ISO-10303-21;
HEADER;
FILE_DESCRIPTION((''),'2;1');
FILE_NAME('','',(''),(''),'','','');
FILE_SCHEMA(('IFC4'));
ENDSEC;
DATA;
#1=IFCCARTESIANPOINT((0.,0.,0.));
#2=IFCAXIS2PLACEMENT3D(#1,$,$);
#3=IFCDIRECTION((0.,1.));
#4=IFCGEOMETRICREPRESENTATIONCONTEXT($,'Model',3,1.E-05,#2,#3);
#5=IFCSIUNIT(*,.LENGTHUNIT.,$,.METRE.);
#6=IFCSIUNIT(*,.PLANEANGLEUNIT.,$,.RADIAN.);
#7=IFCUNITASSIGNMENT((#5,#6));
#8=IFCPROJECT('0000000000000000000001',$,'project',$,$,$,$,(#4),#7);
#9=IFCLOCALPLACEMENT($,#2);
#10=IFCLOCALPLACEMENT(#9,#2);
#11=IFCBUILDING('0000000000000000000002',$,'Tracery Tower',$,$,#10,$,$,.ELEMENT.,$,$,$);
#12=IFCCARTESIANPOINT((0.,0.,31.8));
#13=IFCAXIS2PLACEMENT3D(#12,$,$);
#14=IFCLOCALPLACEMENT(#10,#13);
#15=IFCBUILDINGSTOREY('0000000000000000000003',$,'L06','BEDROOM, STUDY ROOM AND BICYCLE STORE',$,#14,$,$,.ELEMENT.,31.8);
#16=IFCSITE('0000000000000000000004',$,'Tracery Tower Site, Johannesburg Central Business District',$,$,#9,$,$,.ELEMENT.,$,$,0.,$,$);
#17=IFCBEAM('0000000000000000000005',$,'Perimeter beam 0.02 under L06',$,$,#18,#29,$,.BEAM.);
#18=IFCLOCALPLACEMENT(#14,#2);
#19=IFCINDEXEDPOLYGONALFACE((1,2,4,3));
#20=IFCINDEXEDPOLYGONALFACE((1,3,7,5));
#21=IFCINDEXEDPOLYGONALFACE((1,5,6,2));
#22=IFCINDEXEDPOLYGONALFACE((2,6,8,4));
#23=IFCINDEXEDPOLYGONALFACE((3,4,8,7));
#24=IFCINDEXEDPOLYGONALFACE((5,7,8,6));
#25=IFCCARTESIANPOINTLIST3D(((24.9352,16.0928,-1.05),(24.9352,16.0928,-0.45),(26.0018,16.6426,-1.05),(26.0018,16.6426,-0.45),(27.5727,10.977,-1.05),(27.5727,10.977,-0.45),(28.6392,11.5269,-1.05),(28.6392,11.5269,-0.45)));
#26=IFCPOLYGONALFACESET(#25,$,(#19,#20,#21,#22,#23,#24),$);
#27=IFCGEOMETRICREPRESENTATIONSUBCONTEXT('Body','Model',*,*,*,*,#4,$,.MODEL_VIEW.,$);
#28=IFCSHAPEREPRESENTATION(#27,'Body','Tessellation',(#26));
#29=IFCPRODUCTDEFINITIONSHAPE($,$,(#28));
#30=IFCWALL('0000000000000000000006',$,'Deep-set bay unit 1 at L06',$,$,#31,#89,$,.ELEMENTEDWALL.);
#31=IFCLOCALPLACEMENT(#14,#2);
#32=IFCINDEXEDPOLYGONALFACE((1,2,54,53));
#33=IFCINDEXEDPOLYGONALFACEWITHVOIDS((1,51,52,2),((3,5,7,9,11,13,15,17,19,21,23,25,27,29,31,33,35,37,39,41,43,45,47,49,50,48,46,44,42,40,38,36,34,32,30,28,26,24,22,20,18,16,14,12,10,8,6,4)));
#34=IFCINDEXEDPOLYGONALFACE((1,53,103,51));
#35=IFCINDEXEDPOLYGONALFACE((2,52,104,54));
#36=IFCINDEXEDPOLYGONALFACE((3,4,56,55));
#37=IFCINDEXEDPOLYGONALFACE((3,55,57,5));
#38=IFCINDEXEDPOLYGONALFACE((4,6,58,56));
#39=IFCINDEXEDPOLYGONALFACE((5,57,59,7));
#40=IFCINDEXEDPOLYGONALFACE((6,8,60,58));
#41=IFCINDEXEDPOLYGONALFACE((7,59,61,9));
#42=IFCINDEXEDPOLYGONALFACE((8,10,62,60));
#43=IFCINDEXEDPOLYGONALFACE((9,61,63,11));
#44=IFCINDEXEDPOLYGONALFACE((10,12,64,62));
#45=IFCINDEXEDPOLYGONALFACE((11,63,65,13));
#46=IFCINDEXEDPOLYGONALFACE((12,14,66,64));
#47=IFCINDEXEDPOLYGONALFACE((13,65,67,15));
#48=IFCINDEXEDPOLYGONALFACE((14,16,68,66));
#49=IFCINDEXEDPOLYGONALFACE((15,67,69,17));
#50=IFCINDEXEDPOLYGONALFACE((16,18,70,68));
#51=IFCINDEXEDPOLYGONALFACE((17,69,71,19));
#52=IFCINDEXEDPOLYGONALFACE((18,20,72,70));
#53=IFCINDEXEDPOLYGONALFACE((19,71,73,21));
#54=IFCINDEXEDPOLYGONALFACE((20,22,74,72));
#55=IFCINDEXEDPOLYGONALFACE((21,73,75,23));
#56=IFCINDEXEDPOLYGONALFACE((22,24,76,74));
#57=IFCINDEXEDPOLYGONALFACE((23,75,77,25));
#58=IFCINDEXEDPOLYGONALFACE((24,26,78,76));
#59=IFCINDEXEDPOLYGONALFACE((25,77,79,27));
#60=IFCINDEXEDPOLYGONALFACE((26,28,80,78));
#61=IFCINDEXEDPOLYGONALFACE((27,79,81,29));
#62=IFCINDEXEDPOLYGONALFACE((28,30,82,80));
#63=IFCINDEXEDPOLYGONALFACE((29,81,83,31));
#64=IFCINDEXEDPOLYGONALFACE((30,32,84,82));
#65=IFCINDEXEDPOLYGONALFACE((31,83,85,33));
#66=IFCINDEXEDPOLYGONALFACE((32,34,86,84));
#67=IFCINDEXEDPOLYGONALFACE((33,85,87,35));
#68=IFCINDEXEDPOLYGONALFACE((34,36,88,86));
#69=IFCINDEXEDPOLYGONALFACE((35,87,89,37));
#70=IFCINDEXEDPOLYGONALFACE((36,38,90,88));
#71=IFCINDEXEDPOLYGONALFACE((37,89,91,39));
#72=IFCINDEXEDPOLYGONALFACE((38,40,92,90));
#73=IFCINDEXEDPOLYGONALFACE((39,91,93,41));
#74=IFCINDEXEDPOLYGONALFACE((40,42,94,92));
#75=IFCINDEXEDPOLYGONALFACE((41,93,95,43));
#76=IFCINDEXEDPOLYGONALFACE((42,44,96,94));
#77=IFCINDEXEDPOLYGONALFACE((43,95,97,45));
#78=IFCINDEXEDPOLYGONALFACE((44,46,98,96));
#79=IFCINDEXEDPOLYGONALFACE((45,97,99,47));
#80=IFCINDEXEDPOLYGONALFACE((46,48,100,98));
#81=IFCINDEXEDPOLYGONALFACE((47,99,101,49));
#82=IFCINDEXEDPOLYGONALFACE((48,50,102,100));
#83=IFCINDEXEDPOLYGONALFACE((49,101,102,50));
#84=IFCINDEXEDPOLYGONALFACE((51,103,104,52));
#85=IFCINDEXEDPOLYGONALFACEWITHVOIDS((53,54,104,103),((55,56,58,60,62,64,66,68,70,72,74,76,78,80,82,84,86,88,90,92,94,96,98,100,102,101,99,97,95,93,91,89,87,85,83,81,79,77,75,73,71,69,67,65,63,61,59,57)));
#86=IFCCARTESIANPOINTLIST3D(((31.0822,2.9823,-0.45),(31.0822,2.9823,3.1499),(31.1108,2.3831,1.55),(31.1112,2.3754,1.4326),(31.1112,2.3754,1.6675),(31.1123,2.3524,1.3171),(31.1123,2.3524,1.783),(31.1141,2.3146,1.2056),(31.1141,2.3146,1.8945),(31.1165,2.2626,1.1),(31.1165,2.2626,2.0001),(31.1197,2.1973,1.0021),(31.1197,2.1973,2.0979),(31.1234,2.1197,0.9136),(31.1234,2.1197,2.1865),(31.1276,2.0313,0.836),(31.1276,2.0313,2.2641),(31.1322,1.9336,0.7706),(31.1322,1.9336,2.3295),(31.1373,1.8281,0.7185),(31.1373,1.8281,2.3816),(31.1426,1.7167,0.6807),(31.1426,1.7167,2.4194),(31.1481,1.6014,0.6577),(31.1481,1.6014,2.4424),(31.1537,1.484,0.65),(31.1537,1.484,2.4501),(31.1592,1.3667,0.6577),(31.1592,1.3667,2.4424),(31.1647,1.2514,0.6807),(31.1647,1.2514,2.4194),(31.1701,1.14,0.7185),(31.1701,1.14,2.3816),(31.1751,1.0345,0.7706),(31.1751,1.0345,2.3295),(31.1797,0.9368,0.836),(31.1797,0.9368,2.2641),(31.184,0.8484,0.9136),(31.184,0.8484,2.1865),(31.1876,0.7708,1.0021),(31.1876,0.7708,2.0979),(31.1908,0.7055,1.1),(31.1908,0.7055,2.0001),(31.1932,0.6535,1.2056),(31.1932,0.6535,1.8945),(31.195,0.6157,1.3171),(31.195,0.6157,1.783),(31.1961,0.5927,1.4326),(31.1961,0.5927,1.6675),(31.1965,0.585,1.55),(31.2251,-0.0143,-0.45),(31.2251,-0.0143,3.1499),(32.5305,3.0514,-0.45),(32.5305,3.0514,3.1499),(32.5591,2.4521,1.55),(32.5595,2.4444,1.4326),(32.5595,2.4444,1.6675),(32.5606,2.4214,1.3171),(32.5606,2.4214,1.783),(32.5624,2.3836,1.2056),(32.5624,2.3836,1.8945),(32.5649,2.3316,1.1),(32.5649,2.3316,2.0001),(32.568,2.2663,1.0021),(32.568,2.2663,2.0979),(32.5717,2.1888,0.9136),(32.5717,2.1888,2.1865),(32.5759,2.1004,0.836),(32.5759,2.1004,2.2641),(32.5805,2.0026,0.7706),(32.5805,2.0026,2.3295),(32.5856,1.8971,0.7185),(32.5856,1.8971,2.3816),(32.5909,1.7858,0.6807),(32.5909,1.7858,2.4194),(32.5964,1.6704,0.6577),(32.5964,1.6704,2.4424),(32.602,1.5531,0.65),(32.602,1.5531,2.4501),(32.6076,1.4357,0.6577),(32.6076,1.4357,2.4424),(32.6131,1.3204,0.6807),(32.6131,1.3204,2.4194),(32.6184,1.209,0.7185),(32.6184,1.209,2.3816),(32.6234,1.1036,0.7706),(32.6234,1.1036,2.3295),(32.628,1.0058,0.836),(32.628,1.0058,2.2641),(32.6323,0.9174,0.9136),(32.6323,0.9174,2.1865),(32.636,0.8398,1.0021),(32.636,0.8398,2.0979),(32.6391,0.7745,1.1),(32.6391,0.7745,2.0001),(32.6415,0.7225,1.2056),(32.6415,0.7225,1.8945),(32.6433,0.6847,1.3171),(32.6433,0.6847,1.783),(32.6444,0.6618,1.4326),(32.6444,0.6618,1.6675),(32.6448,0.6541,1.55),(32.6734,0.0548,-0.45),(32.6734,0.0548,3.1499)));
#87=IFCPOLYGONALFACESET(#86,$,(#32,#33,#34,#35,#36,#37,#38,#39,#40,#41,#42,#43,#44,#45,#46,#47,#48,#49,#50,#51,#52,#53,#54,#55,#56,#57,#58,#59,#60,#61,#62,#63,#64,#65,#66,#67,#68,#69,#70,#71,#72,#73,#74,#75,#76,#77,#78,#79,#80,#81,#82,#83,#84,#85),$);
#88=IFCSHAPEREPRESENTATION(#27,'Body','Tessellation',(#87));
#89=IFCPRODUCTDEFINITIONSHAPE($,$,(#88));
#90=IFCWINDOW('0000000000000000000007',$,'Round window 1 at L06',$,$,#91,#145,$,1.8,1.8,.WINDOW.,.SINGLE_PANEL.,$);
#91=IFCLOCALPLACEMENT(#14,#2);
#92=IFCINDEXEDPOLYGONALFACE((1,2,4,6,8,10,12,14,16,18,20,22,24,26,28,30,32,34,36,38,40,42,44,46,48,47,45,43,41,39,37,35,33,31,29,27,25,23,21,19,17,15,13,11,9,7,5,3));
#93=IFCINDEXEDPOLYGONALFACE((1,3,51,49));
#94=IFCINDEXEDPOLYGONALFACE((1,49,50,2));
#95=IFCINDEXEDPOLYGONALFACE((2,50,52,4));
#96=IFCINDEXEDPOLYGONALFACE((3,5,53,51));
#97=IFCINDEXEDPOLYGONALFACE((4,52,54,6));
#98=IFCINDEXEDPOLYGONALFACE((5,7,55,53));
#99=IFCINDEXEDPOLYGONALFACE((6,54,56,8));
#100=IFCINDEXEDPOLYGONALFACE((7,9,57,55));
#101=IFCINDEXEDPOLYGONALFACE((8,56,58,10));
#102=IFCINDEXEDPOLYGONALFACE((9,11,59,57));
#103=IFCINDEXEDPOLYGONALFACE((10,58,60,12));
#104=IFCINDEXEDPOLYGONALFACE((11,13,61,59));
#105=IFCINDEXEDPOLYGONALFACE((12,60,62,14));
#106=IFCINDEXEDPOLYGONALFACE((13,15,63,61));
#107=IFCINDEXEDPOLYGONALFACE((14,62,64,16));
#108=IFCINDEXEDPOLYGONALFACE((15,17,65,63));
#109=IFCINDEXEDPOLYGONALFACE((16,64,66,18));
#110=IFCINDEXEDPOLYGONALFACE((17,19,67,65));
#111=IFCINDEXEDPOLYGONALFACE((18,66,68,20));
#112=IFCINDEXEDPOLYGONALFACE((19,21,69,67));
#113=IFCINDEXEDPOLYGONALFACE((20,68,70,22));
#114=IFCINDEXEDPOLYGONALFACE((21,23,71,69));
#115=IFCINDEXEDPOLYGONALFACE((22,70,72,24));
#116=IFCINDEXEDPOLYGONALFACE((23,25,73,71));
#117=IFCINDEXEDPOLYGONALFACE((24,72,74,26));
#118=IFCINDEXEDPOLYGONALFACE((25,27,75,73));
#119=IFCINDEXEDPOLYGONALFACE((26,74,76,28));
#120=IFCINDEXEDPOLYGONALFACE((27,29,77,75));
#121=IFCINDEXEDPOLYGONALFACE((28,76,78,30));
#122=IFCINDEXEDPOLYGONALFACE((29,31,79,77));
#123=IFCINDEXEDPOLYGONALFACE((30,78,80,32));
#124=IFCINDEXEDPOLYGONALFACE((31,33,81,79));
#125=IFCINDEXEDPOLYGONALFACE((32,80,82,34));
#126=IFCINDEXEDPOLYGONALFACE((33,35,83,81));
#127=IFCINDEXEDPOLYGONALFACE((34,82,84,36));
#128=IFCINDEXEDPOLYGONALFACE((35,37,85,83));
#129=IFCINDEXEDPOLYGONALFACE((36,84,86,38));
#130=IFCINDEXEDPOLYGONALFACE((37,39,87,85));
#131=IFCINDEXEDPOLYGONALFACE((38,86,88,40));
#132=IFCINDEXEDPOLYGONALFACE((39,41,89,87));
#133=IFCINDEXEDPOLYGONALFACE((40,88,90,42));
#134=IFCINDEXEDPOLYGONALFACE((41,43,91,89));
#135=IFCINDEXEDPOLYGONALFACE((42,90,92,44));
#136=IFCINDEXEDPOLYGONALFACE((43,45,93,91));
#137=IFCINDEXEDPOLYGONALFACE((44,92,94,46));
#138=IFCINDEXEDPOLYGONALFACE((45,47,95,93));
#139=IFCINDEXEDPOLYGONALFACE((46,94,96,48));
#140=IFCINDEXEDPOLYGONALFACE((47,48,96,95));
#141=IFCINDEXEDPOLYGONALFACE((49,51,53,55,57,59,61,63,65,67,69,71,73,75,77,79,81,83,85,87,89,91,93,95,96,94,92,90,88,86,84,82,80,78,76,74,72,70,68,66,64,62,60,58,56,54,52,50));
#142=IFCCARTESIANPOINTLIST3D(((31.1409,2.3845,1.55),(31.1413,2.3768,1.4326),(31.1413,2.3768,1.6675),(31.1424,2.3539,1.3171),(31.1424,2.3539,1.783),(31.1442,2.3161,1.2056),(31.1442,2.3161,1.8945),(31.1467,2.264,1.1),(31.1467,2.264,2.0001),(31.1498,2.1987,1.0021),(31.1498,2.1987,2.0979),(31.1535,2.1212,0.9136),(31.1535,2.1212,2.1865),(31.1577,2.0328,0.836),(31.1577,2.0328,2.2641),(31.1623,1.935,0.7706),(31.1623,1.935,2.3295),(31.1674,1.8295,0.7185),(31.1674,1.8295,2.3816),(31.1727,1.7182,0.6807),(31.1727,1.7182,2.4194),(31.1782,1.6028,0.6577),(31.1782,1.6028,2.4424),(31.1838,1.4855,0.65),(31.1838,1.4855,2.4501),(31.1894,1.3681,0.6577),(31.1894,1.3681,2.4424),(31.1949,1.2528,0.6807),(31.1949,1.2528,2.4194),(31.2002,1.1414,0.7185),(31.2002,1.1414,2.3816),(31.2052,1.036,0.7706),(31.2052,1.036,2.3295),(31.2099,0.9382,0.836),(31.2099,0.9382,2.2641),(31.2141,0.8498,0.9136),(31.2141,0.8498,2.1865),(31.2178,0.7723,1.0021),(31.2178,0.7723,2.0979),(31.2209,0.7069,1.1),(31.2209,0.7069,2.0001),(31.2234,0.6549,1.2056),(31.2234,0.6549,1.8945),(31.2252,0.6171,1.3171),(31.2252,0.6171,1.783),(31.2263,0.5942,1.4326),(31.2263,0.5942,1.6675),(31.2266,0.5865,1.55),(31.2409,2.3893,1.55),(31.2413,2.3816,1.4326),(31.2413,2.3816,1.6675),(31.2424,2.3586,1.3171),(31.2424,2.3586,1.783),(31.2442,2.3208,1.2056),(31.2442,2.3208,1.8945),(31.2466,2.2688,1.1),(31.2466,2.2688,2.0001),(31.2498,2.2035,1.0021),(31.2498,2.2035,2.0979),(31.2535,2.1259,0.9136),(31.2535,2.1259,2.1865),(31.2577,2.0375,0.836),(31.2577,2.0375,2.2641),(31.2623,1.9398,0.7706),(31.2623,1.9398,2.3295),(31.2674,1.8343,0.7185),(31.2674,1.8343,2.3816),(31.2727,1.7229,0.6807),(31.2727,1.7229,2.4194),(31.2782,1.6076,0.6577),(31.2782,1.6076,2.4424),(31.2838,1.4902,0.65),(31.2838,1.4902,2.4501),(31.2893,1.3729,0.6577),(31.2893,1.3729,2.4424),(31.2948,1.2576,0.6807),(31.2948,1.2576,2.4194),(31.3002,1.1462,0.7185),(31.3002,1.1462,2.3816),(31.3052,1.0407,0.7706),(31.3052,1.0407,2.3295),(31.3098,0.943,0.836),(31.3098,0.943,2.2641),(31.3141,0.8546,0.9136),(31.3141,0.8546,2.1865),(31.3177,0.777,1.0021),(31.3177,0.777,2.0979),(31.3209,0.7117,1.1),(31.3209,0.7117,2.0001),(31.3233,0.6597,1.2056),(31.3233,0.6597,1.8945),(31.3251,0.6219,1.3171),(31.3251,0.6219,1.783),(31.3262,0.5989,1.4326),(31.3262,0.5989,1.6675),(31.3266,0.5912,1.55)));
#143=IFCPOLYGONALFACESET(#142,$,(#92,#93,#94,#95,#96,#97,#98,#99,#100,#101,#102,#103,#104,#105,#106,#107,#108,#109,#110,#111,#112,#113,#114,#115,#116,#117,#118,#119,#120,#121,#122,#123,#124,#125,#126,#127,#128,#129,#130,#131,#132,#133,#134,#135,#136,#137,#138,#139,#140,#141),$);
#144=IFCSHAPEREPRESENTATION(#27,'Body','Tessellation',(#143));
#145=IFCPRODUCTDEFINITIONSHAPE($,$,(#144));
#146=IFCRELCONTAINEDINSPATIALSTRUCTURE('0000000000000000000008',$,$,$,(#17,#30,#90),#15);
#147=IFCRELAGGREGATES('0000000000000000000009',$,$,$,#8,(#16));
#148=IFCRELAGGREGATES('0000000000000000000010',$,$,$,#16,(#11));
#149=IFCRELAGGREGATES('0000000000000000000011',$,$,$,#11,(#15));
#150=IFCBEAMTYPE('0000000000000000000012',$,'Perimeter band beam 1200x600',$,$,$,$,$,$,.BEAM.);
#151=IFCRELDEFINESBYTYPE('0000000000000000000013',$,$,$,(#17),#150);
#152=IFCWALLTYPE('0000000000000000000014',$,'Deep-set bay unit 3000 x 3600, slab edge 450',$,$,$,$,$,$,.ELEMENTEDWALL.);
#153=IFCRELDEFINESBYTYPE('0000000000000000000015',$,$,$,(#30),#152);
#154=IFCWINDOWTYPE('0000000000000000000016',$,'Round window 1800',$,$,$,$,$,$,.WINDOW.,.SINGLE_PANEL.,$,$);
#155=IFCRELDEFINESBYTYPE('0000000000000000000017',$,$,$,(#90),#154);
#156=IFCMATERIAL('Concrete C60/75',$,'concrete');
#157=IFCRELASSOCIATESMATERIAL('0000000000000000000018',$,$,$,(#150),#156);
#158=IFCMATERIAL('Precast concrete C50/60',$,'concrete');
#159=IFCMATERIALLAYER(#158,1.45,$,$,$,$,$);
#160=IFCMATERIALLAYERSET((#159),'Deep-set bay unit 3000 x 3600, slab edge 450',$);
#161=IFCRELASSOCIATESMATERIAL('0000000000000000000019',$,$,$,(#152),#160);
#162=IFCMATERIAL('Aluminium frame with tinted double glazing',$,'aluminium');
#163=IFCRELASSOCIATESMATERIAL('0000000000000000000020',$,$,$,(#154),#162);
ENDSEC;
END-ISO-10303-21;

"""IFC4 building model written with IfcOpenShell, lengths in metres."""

from ifc_helpers import new_model, si_unit, direction, frame, frame_2d, origin, origin_2d, place, context, subcontext, project, spatial, rectangle, circle, extrude, material, layer, layer_set, material_profile, profile_set, type_object, element, fill, save


model = new_model("IFC4")

# Units and contexts
model_context = context("Model", 3, precision=1e-05, world=origin(), true_north=direction((0.0, 1.0)))
body_context = subcontext(model_context, "Body", "Model", "MODEL_VIEW")
ifc_project = project(units=[si_unit("LENGTHUNIT", "METRE"), si_unit("PLANEANGLEUNIT", "RADIAN")], contexts=[model_context])

# Site, building, storey
site_placement = place(None, origin())
site = spatial("IfcSite", under=ifc_project, at=site_placement, Name="Tracery Tower Site, Johannesburg Central Business District", CompositionType="ELEMENT", RefElevation=0.0)
building_placement = place(site_placement, origin())
building = spatial("IfcBuilding", under=site, at=building_placement, Name="Tracery Tower", CompositionType="ELEMENT")
storey_placement = place(building_placement, frame((0.0, 0.0, 31.8)))
storey = spatial("IfcBuildingStorey", under=building, at=storey_placement, Name="L06", Description="BEDROOM, STUDY ROOM AND BICYCLE STORE", CompositionType="ELEMENT", Elevation=31.8)

# Beam
ifc_material_1 = material(Name="Concrete C60/75", Category="concrete")
ifc_material_profile_1 = material_profile(ifc_material_1, rectangle(XDim=1.2, YDim=0.6001, at=origin_2d()), Name="RC 1200x600")
ifc_profile_set_1 = profile_set([ifc_material_profile_1], Name="Concrete C60/75")
beam_type = type_object("IfcBeamType", Name="Perimeter band beam 1200x600", PredefinedType="BEAM", material=ifc_profile_set_1)
for number, where, z_axis, x_axis, name in (
    (1, (28.106, 11.252, -0.75), (-0.458242, 0.888827, 0.0), (-0.888827, -0.458242, 0.0), "Perimeter beam 0.02 under L06"),
):
    element("IfcBeam", number, at=place(storey_placement, frame(where, z_axis=z_axis, x_axis=x_axis)), inside=storey, type_object=beam_type, Name=name, PredefinedType="BEAM", context=body_context, shape_type="SweptSolid", body=[
        extrude(rectangle(XDim=1.2, YDim=0.6001, at=origin_2d()), origin(), (0.0, 0.0, 1.0), 5.7556),
    ])

# Wall, opening, window
ifc_material_2 = material(Name="Precast concrete C50/60", Category="concrete")
ifc_layer_1 = layer(ifc_material_2, 1.45)
ifc_layer_set_1 = layer_set([ifc_layer_1], Name="Deep-set bay unit 3000 x 3600, slab edge 450")
wall_type_1 = type_object("IfcWallType", Name="Deep-set bay unit 3000 x 3600, slab edge 450", PredefinedType="ELEMENTEDWALL", material=ifc_layer_set_1)
wall_1_placement = place(storey_placement, frame((31.9492, 0.0203, -0.45), z_axis=(0.0, 0.0, 1.0), x_axis=(-0.047608, 0.998866, 0.0)))
wall_1 = element("IfcWall", 2, at=wall_1_placement, inside=storey, type_object=wall_type_1, Name="Deep-set bay unit 1 at L06", PredefinedType="ELEMENTEDWALL", context=body_context, shape_type="SweptSolid", body=[
    extrude(rectangle(XDim=3.0, YDim=1.45, at=frame_2d((1.5, 0.0))), origin(), (0.0, 0.0, 1.0), 3.5999),
])
opening_1_placement = place(wall_1_placement, frame((1.5, 0.0, 2.0)))
opening_1 = element("IfcOpeningElement", 3, at=opening_1_placement, cuts=wall_1, PredefinedType="OPENING", context=body_context, shape_type="SweptSolid", body=[
    extrude(circle(Radius=0.9, at=origin_2d()), frame((0.0, 0.7349, 0.0), z_axis=(0.0, -1.0, 0.0), x_axis=(1.0, 0.0, 0.0)), (0.0, 0.0, 1.0), 1.47),
])
ifc_material_3 = material(Name="Aluminium frame with tinted double glazing", Category="aluminium")
window_type = type_object("IfcWindowType", Name="Round window 1800", PartitioningType="SINGLE_PANEL", PredefinedType="WINDOW", material=ifc_material_3)
window_1_placement = place(opening_1_placement, origin())
window_1 = element("IfcWindow", 4, at=window_1_placement, inside=storey, type_object=window_type, Name="Round window 1 at L06", OverallHeight=1.8, OverallWidth=1.8, PartitioningType="SINGLE_PANEL", PredefinedType="WINDOW", context=body_context, shape_type="SweptSolid", body=[
    extrude(circle(Radius=0.9, at=origin_2d()), frame((0.0, 0.6948, 0.0), z_axis=(0.0, -1.0, 0.0), x_axis=(1.0, 0.0, 0.0)), (0.0, 0.0, 1.0), 0.1001),
])
fill(opening_1, window_1)

save(model, "model.ifc")
